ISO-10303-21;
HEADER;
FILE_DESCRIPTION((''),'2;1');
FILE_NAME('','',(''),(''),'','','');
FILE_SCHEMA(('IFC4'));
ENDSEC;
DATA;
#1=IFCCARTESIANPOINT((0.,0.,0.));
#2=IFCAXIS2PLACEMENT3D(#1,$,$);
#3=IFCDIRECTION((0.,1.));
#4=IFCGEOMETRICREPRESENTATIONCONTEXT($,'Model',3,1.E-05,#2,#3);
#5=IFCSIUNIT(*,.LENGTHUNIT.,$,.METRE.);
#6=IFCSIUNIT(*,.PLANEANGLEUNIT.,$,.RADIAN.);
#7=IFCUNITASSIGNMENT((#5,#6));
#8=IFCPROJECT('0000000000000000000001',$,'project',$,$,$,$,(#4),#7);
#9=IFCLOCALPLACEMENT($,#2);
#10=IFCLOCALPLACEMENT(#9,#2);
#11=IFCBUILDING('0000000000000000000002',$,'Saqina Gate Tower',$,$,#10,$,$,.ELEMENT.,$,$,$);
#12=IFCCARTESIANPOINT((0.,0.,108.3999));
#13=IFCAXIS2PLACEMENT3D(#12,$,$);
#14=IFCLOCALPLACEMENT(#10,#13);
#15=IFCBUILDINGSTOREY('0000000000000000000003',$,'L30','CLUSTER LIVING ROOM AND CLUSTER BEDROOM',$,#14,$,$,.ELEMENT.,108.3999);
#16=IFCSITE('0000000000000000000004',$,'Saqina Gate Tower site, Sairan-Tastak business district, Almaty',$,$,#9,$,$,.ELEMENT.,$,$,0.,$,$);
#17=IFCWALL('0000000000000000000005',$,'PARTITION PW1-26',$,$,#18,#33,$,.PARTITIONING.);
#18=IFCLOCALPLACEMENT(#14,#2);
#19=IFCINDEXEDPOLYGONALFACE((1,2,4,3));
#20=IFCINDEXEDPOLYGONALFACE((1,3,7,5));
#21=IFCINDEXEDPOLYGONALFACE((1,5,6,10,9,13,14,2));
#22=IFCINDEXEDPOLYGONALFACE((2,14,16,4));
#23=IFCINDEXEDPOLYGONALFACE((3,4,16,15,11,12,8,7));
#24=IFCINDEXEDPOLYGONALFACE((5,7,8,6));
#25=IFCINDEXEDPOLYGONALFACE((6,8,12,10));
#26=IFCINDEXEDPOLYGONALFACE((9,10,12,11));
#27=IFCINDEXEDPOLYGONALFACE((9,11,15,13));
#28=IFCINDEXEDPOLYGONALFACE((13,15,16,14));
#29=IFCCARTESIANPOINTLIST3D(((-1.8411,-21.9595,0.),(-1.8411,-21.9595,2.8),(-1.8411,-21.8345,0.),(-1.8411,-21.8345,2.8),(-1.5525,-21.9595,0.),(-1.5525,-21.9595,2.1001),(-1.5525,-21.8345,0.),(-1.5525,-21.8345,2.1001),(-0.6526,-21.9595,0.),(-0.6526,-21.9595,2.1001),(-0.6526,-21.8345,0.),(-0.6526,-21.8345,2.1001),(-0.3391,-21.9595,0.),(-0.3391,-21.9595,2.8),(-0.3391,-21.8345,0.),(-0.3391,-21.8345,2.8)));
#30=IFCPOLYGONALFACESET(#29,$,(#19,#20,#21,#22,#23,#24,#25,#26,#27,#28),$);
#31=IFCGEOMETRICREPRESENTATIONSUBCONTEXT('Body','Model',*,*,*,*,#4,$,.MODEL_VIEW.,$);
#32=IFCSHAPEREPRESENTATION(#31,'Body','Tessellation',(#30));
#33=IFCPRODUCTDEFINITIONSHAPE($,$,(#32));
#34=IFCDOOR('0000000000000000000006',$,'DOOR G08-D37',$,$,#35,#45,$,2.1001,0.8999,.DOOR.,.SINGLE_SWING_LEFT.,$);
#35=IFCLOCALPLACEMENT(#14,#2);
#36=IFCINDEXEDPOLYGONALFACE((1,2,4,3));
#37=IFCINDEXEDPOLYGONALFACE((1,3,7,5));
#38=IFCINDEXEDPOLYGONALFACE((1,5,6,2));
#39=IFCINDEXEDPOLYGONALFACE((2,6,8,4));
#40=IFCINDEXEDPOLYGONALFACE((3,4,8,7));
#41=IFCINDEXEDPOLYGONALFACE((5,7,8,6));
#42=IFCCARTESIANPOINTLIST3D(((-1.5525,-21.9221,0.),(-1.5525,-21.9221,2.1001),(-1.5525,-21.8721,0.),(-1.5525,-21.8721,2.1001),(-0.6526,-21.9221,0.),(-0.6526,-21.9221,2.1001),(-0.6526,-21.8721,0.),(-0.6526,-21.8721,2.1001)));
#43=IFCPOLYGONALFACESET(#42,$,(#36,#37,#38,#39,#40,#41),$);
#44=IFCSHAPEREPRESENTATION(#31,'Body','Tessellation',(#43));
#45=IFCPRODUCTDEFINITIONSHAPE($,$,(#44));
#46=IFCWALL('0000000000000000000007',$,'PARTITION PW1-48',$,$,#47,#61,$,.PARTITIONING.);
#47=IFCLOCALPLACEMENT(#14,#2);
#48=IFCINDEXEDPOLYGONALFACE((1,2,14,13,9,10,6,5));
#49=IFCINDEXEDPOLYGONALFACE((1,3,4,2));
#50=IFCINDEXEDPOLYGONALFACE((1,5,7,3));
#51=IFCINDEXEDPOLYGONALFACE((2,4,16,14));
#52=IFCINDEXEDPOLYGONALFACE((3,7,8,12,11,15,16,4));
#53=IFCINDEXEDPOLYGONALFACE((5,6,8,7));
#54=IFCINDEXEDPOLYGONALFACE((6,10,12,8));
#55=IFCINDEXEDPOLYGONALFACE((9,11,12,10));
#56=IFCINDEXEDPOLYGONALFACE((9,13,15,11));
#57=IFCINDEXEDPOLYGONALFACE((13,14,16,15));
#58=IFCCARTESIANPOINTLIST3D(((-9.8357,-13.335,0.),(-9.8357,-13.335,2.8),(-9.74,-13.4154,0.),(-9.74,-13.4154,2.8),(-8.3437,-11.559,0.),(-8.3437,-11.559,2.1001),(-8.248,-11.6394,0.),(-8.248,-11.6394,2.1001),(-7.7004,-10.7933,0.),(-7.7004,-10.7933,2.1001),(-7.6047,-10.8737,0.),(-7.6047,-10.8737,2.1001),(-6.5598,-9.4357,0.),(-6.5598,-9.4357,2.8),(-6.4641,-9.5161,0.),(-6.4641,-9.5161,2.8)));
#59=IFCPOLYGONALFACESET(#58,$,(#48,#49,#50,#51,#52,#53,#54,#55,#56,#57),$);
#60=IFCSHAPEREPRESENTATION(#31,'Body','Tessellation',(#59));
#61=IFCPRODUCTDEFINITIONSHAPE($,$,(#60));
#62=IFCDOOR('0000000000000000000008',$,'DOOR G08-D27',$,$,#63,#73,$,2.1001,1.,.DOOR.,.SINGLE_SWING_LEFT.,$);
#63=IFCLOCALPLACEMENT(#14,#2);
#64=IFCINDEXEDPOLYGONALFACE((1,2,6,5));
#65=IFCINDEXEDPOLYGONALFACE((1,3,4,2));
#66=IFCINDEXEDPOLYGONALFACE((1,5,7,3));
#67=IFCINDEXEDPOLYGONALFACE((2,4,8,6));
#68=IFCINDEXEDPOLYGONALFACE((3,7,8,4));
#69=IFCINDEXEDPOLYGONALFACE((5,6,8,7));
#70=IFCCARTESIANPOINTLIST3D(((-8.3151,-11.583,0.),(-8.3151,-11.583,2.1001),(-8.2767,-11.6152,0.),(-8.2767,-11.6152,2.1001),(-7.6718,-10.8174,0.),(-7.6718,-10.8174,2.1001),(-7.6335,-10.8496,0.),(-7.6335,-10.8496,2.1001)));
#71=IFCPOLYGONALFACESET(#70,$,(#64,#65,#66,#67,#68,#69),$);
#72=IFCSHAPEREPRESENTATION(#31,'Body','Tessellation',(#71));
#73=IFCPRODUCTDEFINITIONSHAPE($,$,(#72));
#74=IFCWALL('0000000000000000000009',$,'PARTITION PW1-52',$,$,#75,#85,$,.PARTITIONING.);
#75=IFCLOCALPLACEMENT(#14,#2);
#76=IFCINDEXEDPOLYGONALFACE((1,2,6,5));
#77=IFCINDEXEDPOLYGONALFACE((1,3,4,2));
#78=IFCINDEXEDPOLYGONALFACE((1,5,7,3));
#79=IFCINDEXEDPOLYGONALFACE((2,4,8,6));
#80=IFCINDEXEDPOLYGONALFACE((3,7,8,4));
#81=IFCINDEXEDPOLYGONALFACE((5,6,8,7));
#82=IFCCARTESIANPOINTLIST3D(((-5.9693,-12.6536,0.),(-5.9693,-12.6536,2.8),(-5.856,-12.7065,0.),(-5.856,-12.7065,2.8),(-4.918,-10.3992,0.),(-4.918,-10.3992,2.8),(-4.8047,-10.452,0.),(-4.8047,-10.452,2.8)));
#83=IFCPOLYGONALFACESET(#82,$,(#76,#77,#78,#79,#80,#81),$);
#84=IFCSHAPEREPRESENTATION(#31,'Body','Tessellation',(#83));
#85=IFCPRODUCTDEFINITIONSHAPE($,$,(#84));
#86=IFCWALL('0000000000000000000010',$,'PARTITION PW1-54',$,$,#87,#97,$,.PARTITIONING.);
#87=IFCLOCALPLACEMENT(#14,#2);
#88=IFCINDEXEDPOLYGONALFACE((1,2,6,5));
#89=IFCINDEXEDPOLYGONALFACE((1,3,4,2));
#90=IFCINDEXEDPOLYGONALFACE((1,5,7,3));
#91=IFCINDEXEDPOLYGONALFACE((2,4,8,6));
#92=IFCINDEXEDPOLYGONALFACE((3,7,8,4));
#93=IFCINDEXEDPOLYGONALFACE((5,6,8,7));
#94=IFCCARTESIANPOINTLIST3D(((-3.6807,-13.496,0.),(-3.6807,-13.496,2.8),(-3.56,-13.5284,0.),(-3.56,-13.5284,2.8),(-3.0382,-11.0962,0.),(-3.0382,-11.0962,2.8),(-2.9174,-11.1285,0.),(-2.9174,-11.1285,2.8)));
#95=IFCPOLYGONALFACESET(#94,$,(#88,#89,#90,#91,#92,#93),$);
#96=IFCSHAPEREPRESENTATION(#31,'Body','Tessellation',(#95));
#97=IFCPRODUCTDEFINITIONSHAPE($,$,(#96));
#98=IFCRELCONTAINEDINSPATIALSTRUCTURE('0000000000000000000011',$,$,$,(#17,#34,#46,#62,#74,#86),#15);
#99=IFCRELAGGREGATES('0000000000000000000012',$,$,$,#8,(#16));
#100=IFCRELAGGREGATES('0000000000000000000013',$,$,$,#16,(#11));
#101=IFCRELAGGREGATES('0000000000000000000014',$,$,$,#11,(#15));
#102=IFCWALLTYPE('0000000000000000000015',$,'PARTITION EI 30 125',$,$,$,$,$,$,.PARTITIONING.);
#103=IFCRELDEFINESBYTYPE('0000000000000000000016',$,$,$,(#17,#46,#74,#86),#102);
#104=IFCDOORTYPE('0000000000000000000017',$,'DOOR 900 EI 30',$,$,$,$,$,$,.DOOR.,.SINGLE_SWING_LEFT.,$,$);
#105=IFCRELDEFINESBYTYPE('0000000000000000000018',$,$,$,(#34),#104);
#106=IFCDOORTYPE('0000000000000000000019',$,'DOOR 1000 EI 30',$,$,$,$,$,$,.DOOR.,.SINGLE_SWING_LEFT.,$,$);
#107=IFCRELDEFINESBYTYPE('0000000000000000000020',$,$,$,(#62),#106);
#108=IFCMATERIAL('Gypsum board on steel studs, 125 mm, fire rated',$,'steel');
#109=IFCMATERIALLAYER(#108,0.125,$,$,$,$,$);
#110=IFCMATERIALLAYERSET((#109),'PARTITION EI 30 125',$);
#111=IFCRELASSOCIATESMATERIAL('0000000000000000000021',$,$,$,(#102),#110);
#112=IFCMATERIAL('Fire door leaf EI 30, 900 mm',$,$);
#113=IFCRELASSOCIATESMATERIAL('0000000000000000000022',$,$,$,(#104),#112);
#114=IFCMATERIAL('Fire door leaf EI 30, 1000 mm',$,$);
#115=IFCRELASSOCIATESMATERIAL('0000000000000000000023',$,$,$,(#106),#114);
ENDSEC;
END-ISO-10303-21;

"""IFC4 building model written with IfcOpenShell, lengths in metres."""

from ifc_helpers import new_model, si_unit, direction, frame, frame_2d, origin, place, context, subcontext, project, spatial, rectangle, extrude, material, layer, layer_set, type_object, element, fill, save


model = new_model("IFC4")

# Units and contexts
model_context = context("Model", 3, precision=1e-05, world=origin(), true_north=direction((0.0, 1.0)))
body_context = subcontext(model_context, "Body", "Model", "MODEL_VIEW")
ifc_project = project(units=[si_unit("LENGTHUNIT", "METRE"), si_unit("PLANEANGLEUNIT", "RADIAN")], contexts=[model_context])

# Site, building, storey
site_placement = place(None, origin())
site = spatial("IfcSite", under=ifc_project, at=site_placement, Name="Saqina Gate Tower site, Sairan-Tastak business district, Almaty", CompositionType="ELEMENT", RefElevation=0.0)
building_placement = place(site_placement, origin())
building = spatial("IfcBuilding", under=site, at=building_placement, Name="Saqina Gate Tower", CompositionType="ELEMENT")
storey_placement = place(building_placement, frame((0.0, 0.0, 108.3999)))
storey = spatial("IfcBuildingStorey", under=building, at=storey_placement, Name="L30", Description="CLUSTER LIVING ROOM AND CLUSTER BEDROOM", CompositionType="ELEMENT", Elevation=108.3999)

# Shared definitions
ifc_material_1 = material(Name="Gypsum board on steel studs, 125 mm, fire rated", Category="steel")
ifc_layer_1 = layer(ifc_material_1, 0.125)
ifc_layer_set_1 = layer_set([ifc_layer_1], Name="PARTITION EI 30 125")
wall_type_1 = type_object("IfcWallType", Name="PARTITION EI 30 125", PredefinedType="PARTITIONING", material=ifc_layer_set_1)
ifc_material_2 = material(Name="Fire door leaf EI 30, 900 mm")
door_type_1 = type_object("IfcDoorType", Name="DOOR 900 EI 30", OperationType="SINGLE_SWING_LEFT", PredefinedType="DOOR", material=ifc_material_2)

# Walls, openings, doors
wall_1_placement = place(storey_placement, frame((-1.8411, -21.897, 0.0), z_axis=(0.0, 0.0, 1.0), x_axis=(1.0, 0.0, 0.0)))
wall_1 = element("IfcWall", 1, at=wall_1_placement, inside=storey, type_object=wall_type_1, Name="PARTITION PW1-26", PredefinedType="PARTITIONING", context=body_context, shape_type="SweptSolid", body=[
    extrude(rectangle(XDim=1.502, YDim=0.125, at=frame_2d((0.751, 0.0))), origin(), (0.0, 0.0, 1.0), 2.8),
])
opening_1_placement = place(wall_1_placement, frame((0.2886, 0.0, 0.0)))
opening_1 = element("IfcOpeningElement", 2, at=opening_1_placement, cuts=wall_1, PredefinedType="OPENING", context=body_context, shape_type="SweptSolid", body=[
    extrude(rectangle(XDim=0.8999, YDim=2.1001, at=frame_2d((0.45, 1.05))), frame((0.0, 0.0745, 0.0), z_axis=(0.0, -1.0, 0.0), x_axis=(1.0, 0.0, 0.0)), (0.0, 0.0, 1.0), 0.1489),
])
door_1_placement = place(opening_1_placement, origin())
door_1 = element("IfcDoor", 3, at=door_1_placement, inside=storey, type_object=door_type_1, Name="DOOR G08-D37", OperationType="SINGLE_SWING_LEFT", OverallHeight=2.1001, OverallWidth=0.8999, PredefinedType="DOOR", context=body_context, shape_type="SweptSolid", body=[
    extrude(rectangle(XDim=0.8999, YDim=2.1001, at=frame_2d((0.45, 1.05))), frame((0.0, 0.0249, 0.0), z_axis=(0.0, -1.0, 0.0), x_axis=(1.0, 0.0, 0.0)), (0.0, 0.0, 1.0), 0.05),
])
fill(opening_1, door_1)
wall_2_placement = place(storey_placement, frame((-9.7878, -13.3752, 0.0), z_axis=(0.0, 0.0, 1.0), x_axis=(0.643235, 0.765669, 0.0)))
wall_2 = element("IfcWall", 4, at=wall_2_placement, inside=storey, type_object=wall_type_1, Name="PARTITION PW1-48", PredefinedType="PARTITIONING", context=body_context, shape_type="SweptSolid", body=[
    extrude(rectangle(XDim=5.0928, YDim=0.125, at=frame_2d((2.5464, 0.0))), origin(), (0.0, 0.0, 1.0), 2.8),
])
opening_2_placement = place(wall_2_placement, frame((2.3196, 0.0, 0.0)))
opening_2 = element("IfcOpeningElement", 5, at=opening_2_placement, cuts=wall_2, PredefinedType="OPENING", context=body_context, shape_type="SweptSolid", body=[
    extrude(rectangle(XDim=1.0, YDim=2.1001, at=frame_2d((0.5, 1.05))), frame((0.0, 0.0745, 0.0), z_axis=(0.0, -1.0, 0.0), x_axis=(1.0, 0.0, 0.0)), (0.0, 0.0, 1.0), 0.1489),
])
ifc_material_3 = material(Name="Fire door leaf EI 30, 1000 mm")
door_type_2 = type_object("IfcDoorType", Name="DOOR 1000 EI 30", OperationType="SINGLE_SWING_LEFT", PredefinedType="DOOR", material=ifc_material_3)
door_2_placement = place(opening_2_placement, frame((1.0, 0.0, 0.0), z_axis=(0.0, 0.0, 1.0), x_axis=(-1.0, 0.0, 0.0)))
door_2 = element("IfcDoor", 6, at=door_2_placement, inside=storey, type_object=door_type_2, Name="DOOR G08-D27", OperationType="SINGLE_SWING_LEFT", OverallHeight=2.1001, OverallWidth=1.0, PredefinedType="DOOR", context=body_context, shape_type="SweptSolid", body=[
    extrude(rectangle(XDim=1.0, YDim=2.1001, at=frame_2d((0.5, 1.05))), frame((0.0, 0.0249, 0.0), z_axis=(0.0, -1.0, 0.0), x_axis=(1.0, 0.0, 0.0)), (0.0, 0.0, 1.0), 0.05),
])
fill(opening_2, door_2)

# Walls
wall_3_placement = place(storey_placement, frame((-5.9126, -12.6799, 0.0), z_axis=(0.0, 0.0, 1.0), x_axis=(0.422628, 0.906303, 0.0)))
element("IfcWall", 7, at=wall_3_placement, inside=storey, type_object=wall_type_1, Name="PARTITION PW1-52", PredefinedType="PARTITIONING", context=body_context, shape_type="SweptSolid", body=[
    extrude(rectangle(XDim=2.4875, YDim=0.125, at=frame_2d((1.2437, 0.0))), origin(), (0.0, 0.0, 1.0), 2.8),
])
wall_4_placement = place(storey_placement, frame((-3.6204, -13.5122, 0.0), z_axis=(0.0, 0.0, 1.0), x_axis=(0.258641, 0.965973, 0.0)))
element("IfcWall", 8, at=wall_4_placement, inside=storey, type_object=wall_type_1, Name="PARTITION PW1-54", PredefinedType="PARTITIONING", context=body_context, shape_type="SweptSolid", body=[
    extrude(rectangle(XDim=2.4844, YDim=0.125, at=frame_2d((1.2422, 0.0))), origin(), (0.0, 0.0, 1.0), 2.8),
])

save(model, "model.ifc")
